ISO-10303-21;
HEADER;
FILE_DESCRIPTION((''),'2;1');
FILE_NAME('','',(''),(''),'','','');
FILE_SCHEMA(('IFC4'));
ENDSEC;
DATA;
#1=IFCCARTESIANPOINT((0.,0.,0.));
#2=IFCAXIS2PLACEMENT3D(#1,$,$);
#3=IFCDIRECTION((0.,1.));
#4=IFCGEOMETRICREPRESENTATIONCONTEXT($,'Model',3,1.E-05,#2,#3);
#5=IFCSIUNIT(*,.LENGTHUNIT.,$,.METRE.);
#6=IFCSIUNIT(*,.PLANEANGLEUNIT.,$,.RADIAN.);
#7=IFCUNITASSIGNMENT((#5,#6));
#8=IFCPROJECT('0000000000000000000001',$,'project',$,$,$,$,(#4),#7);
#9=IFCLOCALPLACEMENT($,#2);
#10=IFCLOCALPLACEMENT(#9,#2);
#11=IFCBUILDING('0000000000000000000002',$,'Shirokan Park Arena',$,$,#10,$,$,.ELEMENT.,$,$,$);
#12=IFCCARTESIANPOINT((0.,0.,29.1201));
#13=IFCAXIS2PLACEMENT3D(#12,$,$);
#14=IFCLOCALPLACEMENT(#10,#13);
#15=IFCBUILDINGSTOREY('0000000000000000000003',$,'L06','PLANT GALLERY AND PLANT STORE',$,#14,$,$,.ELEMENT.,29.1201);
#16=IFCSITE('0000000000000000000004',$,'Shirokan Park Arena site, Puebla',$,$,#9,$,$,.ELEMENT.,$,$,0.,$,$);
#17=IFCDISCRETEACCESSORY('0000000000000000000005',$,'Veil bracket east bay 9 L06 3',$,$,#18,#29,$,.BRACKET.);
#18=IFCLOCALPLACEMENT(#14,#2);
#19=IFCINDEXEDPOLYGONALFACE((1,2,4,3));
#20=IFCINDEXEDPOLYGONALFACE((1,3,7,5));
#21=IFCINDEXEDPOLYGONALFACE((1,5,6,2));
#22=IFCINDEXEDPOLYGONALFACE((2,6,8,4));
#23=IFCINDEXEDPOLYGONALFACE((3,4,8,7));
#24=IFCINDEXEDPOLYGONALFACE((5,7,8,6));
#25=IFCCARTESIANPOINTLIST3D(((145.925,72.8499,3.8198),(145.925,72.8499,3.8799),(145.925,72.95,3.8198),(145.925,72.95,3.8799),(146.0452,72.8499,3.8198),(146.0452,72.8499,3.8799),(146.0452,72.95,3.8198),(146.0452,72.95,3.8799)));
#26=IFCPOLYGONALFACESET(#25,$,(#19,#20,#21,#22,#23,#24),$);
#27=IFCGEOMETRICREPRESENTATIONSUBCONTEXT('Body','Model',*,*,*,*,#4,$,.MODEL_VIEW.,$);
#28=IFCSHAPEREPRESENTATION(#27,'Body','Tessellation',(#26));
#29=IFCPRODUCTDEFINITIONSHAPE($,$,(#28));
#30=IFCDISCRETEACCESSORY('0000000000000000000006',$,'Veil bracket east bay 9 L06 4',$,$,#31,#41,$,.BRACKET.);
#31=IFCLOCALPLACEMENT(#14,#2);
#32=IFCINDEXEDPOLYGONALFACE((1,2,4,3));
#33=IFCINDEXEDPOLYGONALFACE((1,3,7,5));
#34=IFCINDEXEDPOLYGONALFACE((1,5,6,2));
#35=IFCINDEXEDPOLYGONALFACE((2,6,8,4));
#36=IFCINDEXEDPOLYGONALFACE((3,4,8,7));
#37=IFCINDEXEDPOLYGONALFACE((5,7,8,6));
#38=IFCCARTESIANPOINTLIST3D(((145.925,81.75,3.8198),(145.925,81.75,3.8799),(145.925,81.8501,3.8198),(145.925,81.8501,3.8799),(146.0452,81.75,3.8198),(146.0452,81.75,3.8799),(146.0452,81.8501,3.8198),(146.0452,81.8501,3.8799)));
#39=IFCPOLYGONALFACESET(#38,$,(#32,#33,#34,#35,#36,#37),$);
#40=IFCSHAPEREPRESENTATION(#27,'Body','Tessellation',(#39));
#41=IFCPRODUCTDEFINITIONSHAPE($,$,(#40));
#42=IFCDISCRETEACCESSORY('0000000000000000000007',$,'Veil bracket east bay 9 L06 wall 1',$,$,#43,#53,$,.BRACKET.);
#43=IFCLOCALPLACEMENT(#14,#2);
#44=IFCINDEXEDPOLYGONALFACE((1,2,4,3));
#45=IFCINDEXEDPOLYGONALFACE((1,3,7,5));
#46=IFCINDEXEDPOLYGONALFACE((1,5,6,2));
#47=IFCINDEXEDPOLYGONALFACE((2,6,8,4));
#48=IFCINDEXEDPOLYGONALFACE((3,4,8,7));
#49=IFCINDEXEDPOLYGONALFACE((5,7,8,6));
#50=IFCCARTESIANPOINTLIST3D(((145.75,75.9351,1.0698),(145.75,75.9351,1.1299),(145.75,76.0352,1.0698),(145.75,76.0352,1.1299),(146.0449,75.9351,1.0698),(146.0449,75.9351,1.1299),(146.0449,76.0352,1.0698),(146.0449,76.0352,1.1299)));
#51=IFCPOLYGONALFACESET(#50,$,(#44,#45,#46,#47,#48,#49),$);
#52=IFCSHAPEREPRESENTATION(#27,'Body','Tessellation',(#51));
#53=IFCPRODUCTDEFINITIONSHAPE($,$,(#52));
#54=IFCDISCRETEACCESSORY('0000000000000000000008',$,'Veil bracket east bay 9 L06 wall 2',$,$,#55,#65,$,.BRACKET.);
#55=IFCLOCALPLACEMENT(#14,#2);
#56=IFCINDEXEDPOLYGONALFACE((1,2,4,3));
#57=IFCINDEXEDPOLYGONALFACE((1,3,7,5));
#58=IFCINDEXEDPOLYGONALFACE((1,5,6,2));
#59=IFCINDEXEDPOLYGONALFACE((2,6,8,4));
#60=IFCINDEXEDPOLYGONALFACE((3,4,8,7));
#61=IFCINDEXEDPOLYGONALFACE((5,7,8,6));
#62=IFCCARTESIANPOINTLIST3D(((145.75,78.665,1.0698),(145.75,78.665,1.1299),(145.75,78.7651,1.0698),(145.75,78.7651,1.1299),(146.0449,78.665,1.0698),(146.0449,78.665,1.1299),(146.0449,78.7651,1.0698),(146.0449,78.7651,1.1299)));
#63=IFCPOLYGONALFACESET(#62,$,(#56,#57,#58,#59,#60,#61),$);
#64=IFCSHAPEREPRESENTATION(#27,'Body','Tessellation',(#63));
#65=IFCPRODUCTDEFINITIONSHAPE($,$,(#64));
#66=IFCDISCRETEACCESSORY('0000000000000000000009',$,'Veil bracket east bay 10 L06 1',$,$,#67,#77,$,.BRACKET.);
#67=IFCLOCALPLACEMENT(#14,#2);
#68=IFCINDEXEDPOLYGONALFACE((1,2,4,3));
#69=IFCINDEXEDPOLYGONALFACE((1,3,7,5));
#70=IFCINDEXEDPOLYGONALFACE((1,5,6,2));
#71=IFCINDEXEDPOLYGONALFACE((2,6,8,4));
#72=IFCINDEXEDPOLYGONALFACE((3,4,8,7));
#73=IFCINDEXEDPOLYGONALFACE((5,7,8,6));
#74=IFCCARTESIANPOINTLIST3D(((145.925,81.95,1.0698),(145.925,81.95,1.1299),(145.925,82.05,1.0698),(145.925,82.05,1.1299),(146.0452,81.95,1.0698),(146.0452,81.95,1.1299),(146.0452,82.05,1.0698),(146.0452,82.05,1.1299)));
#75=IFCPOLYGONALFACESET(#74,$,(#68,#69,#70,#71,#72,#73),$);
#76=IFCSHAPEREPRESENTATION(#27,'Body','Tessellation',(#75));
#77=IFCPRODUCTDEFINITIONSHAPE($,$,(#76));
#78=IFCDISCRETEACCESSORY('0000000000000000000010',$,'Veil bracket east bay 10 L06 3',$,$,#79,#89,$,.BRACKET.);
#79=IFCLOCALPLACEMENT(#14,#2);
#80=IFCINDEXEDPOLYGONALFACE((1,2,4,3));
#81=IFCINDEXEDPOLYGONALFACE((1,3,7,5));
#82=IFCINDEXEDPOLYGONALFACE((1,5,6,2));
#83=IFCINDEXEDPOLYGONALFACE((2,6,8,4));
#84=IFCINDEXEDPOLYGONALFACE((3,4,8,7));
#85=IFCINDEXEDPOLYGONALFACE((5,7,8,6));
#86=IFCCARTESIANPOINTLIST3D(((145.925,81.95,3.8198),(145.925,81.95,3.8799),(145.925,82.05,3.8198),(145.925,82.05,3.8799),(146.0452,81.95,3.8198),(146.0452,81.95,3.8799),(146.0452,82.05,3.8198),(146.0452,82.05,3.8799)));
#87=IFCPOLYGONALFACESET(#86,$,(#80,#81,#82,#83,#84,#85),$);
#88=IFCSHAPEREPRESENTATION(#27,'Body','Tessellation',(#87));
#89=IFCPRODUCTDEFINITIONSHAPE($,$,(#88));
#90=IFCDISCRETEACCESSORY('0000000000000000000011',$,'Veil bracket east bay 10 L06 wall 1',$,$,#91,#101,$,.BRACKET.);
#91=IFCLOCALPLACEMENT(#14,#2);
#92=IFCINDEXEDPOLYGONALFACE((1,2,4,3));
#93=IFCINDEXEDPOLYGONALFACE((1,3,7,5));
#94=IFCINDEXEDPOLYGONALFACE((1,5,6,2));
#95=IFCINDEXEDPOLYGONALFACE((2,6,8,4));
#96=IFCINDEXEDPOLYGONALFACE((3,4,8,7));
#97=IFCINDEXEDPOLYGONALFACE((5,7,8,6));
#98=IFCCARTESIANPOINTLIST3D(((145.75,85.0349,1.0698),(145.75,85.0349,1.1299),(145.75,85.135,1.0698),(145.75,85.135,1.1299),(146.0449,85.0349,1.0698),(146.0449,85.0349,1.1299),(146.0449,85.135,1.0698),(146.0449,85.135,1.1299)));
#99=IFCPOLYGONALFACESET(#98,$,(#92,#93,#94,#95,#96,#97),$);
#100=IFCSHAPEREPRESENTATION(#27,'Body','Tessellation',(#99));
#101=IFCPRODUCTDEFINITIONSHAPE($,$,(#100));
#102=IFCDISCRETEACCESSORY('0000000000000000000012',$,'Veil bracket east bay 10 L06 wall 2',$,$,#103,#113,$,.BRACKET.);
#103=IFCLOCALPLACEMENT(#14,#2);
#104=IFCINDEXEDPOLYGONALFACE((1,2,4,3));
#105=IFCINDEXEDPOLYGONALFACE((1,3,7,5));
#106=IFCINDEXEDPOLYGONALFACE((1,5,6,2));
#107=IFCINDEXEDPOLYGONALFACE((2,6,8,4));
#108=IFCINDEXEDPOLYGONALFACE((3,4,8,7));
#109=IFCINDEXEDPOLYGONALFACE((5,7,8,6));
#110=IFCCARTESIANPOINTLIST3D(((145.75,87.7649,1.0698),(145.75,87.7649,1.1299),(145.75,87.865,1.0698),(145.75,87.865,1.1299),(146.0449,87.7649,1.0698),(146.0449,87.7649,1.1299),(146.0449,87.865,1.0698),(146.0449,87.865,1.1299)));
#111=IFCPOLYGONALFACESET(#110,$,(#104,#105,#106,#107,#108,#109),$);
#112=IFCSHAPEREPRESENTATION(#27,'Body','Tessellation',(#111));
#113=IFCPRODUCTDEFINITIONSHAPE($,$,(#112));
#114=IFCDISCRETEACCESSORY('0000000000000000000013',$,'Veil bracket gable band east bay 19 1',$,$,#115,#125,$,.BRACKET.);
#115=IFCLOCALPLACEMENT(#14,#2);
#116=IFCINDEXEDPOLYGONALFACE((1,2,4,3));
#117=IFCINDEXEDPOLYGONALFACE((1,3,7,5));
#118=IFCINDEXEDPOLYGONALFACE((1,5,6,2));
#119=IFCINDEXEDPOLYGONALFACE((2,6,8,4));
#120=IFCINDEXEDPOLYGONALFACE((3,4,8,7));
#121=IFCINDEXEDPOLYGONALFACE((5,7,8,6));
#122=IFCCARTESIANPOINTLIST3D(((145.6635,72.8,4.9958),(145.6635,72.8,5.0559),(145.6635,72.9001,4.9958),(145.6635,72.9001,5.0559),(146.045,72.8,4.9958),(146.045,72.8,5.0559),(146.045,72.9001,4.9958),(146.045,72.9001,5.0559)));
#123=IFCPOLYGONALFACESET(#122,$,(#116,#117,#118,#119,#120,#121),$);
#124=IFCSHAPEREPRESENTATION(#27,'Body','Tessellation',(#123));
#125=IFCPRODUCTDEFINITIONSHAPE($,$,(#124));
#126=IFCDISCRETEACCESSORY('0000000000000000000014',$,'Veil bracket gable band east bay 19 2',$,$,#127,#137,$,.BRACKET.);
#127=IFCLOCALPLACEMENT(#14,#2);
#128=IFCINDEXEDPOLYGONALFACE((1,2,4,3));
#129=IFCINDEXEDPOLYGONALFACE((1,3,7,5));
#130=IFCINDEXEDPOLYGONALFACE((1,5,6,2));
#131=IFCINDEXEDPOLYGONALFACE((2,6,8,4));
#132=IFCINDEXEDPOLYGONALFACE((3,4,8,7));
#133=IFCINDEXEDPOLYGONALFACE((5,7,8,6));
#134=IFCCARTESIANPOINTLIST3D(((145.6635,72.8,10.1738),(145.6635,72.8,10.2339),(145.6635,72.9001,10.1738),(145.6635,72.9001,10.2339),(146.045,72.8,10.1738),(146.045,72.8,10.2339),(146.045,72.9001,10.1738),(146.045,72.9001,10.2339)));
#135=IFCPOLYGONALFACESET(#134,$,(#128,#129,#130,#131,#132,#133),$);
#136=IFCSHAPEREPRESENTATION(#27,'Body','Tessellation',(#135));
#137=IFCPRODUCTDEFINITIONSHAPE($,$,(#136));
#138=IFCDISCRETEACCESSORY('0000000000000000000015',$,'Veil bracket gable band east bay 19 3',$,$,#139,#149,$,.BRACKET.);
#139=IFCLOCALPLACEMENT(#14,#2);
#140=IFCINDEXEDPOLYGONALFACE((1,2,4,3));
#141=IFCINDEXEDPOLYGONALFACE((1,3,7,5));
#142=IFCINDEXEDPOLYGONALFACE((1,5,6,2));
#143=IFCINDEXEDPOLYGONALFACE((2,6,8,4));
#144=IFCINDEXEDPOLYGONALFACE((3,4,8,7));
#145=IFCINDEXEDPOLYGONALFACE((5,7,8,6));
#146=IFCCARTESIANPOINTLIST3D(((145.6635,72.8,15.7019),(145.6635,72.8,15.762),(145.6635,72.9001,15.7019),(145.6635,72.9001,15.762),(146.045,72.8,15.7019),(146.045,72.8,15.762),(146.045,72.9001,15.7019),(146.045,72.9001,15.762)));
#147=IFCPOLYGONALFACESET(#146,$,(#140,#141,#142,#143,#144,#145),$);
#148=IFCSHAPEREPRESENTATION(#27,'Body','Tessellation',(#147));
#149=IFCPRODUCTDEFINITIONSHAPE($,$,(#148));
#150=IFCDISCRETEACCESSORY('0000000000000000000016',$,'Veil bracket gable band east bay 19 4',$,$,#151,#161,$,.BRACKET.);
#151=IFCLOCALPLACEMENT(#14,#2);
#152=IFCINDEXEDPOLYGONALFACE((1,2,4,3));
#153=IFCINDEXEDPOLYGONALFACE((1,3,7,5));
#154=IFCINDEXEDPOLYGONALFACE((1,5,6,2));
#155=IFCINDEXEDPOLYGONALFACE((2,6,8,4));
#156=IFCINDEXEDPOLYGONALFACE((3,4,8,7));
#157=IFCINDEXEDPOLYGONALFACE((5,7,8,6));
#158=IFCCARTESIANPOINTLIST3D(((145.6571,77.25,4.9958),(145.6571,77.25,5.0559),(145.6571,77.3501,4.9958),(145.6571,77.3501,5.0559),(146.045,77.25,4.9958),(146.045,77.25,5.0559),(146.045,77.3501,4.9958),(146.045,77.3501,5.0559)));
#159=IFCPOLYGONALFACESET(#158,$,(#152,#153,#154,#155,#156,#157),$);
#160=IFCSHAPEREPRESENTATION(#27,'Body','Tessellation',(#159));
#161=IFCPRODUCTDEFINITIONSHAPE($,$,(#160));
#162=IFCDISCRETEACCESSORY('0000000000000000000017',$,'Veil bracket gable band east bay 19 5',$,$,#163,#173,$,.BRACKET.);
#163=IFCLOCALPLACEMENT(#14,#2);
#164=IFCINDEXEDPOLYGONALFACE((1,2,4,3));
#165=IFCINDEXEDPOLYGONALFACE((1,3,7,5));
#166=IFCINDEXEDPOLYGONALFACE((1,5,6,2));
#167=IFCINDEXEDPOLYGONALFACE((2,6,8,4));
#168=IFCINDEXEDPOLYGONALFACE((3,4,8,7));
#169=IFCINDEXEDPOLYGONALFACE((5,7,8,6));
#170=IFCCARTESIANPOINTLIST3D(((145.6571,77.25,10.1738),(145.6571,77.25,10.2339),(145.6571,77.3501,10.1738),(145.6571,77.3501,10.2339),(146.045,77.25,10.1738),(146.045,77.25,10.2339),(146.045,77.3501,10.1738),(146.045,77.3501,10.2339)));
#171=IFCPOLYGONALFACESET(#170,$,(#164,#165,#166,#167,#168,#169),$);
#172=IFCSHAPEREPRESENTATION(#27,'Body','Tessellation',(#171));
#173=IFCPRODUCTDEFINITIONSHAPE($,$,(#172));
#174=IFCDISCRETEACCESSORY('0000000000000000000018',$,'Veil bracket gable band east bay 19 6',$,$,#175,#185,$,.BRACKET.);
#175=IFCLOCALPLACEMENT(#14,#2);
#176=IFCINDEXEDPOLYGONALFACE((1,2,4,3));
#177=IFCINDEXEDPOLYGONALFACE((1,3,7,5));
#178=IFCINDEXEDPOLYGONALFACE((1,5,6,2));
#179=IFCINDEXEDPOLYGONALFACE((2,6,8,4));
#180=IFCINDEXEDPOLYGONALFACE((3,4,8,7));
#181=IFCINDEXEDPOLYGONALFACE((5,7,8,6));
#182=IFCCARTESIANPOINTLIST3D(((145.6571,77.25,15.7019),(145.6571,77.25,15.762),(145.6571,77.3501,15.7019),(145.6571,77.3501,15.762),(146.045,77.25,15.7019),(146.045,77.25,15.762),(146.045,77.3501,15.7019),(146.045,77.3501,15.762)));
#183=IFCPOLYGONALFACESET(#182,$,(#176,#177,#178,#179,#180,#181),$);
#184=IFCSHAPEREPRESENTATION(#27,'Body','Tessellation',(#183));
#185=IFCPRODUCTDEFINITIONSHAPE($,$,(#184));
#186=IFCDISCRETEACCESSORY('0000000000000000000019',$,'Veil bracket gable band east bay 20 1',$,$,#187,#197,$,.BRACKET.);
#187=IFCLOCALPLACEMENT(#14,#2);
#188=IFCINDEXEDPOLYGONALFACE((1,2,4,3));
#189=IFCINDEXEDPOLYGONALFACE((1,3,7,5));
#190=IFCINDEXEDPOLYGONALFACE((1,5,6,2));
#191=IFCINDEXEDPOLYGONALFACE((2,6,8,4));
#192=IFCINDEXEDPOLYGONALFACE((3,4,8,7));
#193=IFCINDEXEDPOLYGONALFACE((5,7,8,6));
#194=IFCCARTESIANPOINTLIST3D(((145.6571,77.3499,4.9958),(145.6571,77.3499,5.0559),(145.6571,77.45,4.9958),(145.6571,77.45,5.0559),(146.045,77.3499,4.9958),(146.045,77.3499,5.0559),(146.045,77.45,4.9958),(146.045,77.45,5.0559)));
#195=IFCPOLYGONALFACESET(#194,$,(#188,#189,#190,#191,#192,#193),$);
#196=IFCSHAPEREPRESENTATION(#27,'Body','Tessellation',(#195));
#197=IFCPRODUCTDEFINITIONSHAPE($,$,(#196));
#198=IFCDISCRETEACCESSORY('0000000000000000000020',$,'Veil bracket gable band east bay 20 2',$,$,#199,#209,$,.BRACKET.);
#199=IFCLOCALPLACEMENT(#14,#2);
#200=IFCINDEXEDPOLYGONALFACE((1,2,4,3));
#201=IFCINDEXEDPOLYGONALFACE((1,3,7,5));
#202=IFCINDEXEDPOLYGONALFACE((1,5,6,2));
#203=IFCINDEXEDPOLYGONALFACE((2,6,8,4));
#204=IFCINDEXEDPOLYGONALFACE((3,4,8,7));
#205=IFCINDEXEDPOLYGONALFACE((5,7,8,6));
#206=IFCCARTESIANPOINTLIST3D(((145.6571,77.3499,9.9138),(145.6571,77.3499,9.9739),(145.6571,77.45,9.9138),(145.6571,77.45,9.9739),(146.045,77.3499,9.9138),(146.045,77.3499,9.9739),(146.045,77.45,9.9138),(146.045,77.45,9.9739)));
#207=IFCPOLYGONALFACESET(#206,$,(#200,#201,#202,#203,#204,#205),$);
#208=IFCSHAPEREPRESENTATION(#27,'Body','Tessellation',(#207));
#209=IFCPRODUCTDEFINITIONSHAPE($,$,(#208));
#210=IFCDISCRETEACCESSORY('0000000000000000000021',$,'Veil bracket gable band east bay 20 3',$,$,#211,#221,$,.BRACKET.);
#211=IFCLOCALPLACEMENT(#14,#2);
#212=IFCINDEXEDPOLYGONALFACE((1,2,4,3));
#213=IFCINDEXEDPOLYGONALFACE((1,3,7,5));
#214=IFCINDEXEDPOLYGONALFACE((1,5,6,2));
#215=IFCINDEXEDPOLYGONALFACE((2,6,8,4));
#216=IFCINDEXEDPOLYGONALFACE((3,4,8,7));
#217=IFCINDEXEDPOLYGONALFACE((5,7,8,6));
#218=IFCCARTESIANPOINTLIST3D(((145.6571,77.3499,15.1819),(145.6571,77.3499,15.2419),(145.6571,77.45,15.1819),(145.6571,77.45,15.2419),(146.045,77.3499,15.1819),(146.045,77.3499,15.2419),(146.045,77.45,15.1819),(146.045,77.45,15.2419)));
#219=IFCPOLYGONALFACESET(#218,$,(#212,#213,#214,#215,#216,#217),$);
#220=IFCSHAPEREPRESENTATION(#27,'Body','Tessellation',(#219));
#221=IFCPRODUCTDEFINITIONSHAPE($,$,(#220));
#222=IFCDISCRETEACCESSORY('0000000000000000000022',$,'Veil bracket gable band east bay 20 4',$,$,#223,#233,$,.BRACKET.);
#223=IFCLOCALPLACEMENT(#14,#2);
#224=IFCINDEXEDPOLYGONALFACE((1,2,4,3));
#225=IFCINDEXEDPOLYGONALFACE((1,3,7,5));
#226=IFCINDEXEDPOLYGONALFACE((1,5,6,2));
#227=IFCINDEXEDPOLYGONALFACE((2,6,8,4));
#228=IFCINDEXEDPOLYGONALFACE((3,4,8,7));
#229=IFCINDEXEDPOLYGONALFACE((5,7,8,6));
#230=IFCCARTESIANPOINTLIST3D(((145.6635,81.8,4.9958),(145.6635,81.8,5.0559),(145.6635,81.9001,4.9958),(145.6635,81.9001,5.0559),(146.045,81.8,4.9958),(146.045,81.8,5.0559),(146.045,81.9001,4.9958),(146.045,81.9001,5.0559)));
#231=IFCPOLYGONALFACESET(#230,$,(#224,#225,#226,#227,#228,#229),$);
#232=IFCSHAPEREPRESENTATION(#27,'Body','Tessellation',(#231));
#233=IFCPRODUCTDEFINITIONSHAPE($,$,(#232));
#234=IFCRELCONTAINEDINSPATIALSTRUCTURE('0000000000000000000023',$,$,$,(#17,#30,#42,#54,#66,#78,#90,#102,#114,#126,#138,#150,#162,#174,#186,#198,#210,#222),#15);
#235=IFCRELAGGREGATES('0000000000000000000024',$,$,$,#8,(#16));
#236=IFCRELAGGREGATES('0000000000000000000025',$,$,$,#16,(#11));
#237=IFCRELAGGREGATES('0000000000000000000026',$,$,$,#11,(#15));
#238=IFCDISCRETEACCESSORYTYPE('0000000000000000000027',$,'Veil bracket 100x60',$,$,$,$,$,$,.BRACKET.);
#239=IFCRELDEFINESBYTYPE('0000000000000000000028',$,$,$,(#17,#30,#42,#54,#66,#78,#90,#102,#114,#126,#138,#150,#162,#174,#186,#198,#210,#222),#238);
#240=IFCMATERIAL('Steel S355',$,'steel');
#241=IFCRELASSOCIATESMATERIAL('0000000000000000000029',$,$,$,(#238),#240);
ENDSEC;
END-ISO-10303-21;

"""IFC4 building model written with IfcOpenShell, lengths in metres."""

from ifc_helpers import new_model, si_unit, direction, frame, origin, origin_2d, place, context, subcontext, project, spatial, rectangle, extrude, material, type_object, element, save


model = new_model("IFC4")

# Units and contexts
model_context = context("Model", 3, precision=1e-05, world=origin(), true_north=direction((0.0, 1.0)))
body_context = subcontext(model_context, "Body", "Model", "MODEL_VIEW")
ifc_project = project(units=[si_unit("LENGTHUNIT", "METRE"), si_unit("PLANEANGLEUNIT", "RADIAN")], contexts=[model_context])

# Site, building, storey
site_placement = place(None, origin())
site = spatial("IfcSite", under=ifc_project, at=site_placement, Name="Shirokan Park Arena site, Puebla", CompositionType="ELEMENT", RefElevation=0.0)
building_placement = place(site_placement, origin())
building = spatial("IfcBuilding", under=site, at=building_placement, Name="Shirokan Park Arena", CompositionType="ELEMENT")
storey_placement = place(building_placement, frame((0.0, 0.0, 29.1201)))
storey = spatial("IfcBuildingStorey", under=building, at=storey_placement, Name="L06", Description="PLANT GALLERY AND PLANT STORE", CompositionType="ELEMENT", Elevation=29.1201)

# Discrete accessories
ifc_material_1 = material(Name="Steel S355", Category="steel")
discrete_accessory_type = type_object("IfcDiscreteAccessoryType", Name="Veil bracket 100x60", PredefinedType="BRACKET", material=ifc_material_1)
for number, where, z_axis, x_axis, name in (
    (1, (145.9851, 72.8999, 3.8198), (0.0, 0.0, 1.0), (0.0, 1.0, 0.0), "Veil bracket east bay 9 L06 3"),
    (2, (145.9851, 81.8, 3.8198), (0.0, 0.0, 1.0), (0.0, 1.0, 0.0), "Veil bracket east bay 9 L06 4"),
):
    element("IfcDiscreteAccessory", number, at=place(storey_placement, frame(where, z_axis=z_axis, x_axis=x_axis)), inside=storey, type_object=discrete_accessory_type, Name=name, PredefinedType="BRACKET", context=body_context, shape_type="SweptSolid", body=[
        extrude(rectangle(XDim=0.1001, YDim=0.1201, at=origin_2d()), origin(), (0.0, 0.0, 1.0), 0.0601),
    ])
for number, where, z_axis, x_axis, name in (
    (3, (145.8975, 75.9851, 1.0698), (0.0, 0.0, 1.0), (0.0, 1.0, 0.0), "Veil bracket east bay 9 L06 wall 1"),
    (4, (145.8975, 78.7151, 1.0698), (0.0, 0.0, 1.0), (0.0, 1.0, 0.0), "Veil bracket east bay 9 L06 wall 2"),
):
    element("IfcDiscreteAccessory", number, at=place(storey_placement, frame(where, z_axis=z_axis, x_axis=x_axis)), inside=storey, type_object=discrete_accessory_type, Name=name, PredefinedType="BRACKET", context=body_context, shape_type="SweptSolid", body=[
        extrude(rectangle(XDim=0.1001, YDim=0.2949, at=origin_2d()), origin(), (0.0, 0.0, 1.0), 0.0601),
    ])
for number, where, z_axis, x_axis, name in (
    (5, (145.9851, 82.0, 1.0698), (0.0, 0.0, 1.0), (0.0, 1.0, 0.0), "Veil bracket east bay 10 L06 1"),
    (6, (145.9851, 82.0, 3.8198), (0.0, 0.0, 1.0), (0.0, 1.0, 0.0), "Veil bracket east bay 10 L06 3"),
):
    element("IfcDiscreteAccessory", number, at=place(storey_placement, frame(where, z_axis=z_axis, x_axis=x_axis)), inside=storey, type_object=discrete_accessory_type, Name=name, PredefinedType="BRACKET", context=body_context, shape_type="SweptSolid", body=[
        extrude(rectangle(XDim=0.1001, YDim=0.1201, at=origin_2d()), origin(), (0.0, 0.0, 1.0), 0.0601),
    ])
for number, where, z_axis, x_axis, name in (
    (7, (145.8975, 85.085, 1.0698), (0.0, 0.0, 1.0), (0.0, 1.0, 0.0), "Veil bracket east bay 10 L06 wall 1"),
    (8, (145.8975, 87.8149, 1.0698), (0.0, 0.0, 1.0), (0.0, 1.0, 0.0), "Veil bracket east bay 10 L06 wall 2"),
):
    element("IfcDiscreteAccessory", number, at=place(storey_placement, frame(where, z_axis=z_axis, x_axis=x_axis)), inside=storey, type_object=discrete_accessory_type, Name=name, PredefinedType="BRACKET", context=body_context, shape_type="SweptSolid", body=[
        extrude(rectangle(XDim=0.1001, YDim=0.2949, at=origin_2d()), origin(), (0.0, 0.0, 1.0), 0.0601),
    ])
for number, where, z_axis, x_axis, name in (
    (9, (145.8542, 72.8501, 4.9958), (0.0, 0.0, 1.0), (1.0, 0.0, 0.0), "Veil bracket gable band east bay 19 1"),
    (10, (145.8542, 72.8501, 10.1738), (0.0, 0.0, 1.0), (1.0, 0.0, 0.0), "Veil bracket gable band east bay 19 2"),
    (11, (145.8542, 72.8501, 15.7019), (0.0, 0.0, 1.0), (1.0, 0.0, 0.0), "Veil bracket gable band east bay 19 3"),
):
    element("IfcDiscreteAccessory", number, at=place(storey_placement, frame(where, z_axis=z_axis, x_axis=x_axis)), inside=storey, type_object=discrete_accessory_type, Name=name, PredefinedType="BRACKET", context=body_context, shape_type="SweptSolid", body=[
        extrude(rectangle(XDim=0.3816, YDim=0.1001, at=origin_2d()), origin(), (0.0, 0.0, 1.0), 0.0601),
    ])
for number, where, z_axis, x_axis, name in (
    (12, (145.8511, 77.3, 4.9958), (0.0, 0.0, 1.0), (1.0, 0.0, 0.0), "Veil bracket gable band east bay 19 4"),
    (13, (145.8511, 77.3, 10.1738), (0.0, 0.0, 1.0), (1.0, 0.0, 0.0), "Veil bracket gable band east bay 19 5"),
    (14, (145.8511, 77.3, 15.7019), (0.0, 0.0, 1.0), (1.0, 0.0, 0.0), "Veil bracket gable band east bay 19 6"),
    (15, (145.8511, 77.3999, 4.9958), (0.0, 0.0, 1.0), (1.0, 0.0, 0.0), "Veil bracket gable band east bay 20 1"),
    (16, (145.8511, 77.3999, 9.9138), (0.0, 0.0, 1.0), (1.0, 0.0, 0.0), "Veil bracket gable band east bay 20 2"),
    (17, (145.8511, 77.3999, 15.1819), (0.0, 0.0, 1.0), (1.0, 0.0, 0.0), "Veil bracket gable band east bay 20 3"),
):
    element("IfcDiscreteAccessory", number, at=place(storey_placement, frame(where, z_axis=z_axis, x_axis=x_axis)), inside=storey, type_object=discrete_accessory_type, Name=name, PredefinedType="BRACKET", context=body_context, shape_type="SweptSolid", body=[
        extrude(rectangle(XDim=0.3879, YDim=0.1001, at=origin_2d()), origin(), (0.0, 0.0, 1.0), 0.0601),
    ])
for number, where, z_axis, x_axis, name in (
    (18, (145.8542, 81.8501, 4.9958), (0.0, 0.0, 1.0), (1.0, 0.0, 0.0), "Veil bracket gable band east bay 20 4"),
):
    element("IfcDiscreteAccessory", number, at=place(storey_placement, frame(where, z_axis=z_axis, x_axis=x_axis)), inside=storey, type_object=discrete_accessory_type, Name=name, PredefinedType="BRACKET", context=body_context, shape_type="SweptSolid", body=[
        extrude(rectangle(XDim=0.3816, YDim=0.1001, at=origin_2d()), origin(), (0.0, 0.0, 1.0), 0.0601),
    ])

save(model, "model.ifc")
